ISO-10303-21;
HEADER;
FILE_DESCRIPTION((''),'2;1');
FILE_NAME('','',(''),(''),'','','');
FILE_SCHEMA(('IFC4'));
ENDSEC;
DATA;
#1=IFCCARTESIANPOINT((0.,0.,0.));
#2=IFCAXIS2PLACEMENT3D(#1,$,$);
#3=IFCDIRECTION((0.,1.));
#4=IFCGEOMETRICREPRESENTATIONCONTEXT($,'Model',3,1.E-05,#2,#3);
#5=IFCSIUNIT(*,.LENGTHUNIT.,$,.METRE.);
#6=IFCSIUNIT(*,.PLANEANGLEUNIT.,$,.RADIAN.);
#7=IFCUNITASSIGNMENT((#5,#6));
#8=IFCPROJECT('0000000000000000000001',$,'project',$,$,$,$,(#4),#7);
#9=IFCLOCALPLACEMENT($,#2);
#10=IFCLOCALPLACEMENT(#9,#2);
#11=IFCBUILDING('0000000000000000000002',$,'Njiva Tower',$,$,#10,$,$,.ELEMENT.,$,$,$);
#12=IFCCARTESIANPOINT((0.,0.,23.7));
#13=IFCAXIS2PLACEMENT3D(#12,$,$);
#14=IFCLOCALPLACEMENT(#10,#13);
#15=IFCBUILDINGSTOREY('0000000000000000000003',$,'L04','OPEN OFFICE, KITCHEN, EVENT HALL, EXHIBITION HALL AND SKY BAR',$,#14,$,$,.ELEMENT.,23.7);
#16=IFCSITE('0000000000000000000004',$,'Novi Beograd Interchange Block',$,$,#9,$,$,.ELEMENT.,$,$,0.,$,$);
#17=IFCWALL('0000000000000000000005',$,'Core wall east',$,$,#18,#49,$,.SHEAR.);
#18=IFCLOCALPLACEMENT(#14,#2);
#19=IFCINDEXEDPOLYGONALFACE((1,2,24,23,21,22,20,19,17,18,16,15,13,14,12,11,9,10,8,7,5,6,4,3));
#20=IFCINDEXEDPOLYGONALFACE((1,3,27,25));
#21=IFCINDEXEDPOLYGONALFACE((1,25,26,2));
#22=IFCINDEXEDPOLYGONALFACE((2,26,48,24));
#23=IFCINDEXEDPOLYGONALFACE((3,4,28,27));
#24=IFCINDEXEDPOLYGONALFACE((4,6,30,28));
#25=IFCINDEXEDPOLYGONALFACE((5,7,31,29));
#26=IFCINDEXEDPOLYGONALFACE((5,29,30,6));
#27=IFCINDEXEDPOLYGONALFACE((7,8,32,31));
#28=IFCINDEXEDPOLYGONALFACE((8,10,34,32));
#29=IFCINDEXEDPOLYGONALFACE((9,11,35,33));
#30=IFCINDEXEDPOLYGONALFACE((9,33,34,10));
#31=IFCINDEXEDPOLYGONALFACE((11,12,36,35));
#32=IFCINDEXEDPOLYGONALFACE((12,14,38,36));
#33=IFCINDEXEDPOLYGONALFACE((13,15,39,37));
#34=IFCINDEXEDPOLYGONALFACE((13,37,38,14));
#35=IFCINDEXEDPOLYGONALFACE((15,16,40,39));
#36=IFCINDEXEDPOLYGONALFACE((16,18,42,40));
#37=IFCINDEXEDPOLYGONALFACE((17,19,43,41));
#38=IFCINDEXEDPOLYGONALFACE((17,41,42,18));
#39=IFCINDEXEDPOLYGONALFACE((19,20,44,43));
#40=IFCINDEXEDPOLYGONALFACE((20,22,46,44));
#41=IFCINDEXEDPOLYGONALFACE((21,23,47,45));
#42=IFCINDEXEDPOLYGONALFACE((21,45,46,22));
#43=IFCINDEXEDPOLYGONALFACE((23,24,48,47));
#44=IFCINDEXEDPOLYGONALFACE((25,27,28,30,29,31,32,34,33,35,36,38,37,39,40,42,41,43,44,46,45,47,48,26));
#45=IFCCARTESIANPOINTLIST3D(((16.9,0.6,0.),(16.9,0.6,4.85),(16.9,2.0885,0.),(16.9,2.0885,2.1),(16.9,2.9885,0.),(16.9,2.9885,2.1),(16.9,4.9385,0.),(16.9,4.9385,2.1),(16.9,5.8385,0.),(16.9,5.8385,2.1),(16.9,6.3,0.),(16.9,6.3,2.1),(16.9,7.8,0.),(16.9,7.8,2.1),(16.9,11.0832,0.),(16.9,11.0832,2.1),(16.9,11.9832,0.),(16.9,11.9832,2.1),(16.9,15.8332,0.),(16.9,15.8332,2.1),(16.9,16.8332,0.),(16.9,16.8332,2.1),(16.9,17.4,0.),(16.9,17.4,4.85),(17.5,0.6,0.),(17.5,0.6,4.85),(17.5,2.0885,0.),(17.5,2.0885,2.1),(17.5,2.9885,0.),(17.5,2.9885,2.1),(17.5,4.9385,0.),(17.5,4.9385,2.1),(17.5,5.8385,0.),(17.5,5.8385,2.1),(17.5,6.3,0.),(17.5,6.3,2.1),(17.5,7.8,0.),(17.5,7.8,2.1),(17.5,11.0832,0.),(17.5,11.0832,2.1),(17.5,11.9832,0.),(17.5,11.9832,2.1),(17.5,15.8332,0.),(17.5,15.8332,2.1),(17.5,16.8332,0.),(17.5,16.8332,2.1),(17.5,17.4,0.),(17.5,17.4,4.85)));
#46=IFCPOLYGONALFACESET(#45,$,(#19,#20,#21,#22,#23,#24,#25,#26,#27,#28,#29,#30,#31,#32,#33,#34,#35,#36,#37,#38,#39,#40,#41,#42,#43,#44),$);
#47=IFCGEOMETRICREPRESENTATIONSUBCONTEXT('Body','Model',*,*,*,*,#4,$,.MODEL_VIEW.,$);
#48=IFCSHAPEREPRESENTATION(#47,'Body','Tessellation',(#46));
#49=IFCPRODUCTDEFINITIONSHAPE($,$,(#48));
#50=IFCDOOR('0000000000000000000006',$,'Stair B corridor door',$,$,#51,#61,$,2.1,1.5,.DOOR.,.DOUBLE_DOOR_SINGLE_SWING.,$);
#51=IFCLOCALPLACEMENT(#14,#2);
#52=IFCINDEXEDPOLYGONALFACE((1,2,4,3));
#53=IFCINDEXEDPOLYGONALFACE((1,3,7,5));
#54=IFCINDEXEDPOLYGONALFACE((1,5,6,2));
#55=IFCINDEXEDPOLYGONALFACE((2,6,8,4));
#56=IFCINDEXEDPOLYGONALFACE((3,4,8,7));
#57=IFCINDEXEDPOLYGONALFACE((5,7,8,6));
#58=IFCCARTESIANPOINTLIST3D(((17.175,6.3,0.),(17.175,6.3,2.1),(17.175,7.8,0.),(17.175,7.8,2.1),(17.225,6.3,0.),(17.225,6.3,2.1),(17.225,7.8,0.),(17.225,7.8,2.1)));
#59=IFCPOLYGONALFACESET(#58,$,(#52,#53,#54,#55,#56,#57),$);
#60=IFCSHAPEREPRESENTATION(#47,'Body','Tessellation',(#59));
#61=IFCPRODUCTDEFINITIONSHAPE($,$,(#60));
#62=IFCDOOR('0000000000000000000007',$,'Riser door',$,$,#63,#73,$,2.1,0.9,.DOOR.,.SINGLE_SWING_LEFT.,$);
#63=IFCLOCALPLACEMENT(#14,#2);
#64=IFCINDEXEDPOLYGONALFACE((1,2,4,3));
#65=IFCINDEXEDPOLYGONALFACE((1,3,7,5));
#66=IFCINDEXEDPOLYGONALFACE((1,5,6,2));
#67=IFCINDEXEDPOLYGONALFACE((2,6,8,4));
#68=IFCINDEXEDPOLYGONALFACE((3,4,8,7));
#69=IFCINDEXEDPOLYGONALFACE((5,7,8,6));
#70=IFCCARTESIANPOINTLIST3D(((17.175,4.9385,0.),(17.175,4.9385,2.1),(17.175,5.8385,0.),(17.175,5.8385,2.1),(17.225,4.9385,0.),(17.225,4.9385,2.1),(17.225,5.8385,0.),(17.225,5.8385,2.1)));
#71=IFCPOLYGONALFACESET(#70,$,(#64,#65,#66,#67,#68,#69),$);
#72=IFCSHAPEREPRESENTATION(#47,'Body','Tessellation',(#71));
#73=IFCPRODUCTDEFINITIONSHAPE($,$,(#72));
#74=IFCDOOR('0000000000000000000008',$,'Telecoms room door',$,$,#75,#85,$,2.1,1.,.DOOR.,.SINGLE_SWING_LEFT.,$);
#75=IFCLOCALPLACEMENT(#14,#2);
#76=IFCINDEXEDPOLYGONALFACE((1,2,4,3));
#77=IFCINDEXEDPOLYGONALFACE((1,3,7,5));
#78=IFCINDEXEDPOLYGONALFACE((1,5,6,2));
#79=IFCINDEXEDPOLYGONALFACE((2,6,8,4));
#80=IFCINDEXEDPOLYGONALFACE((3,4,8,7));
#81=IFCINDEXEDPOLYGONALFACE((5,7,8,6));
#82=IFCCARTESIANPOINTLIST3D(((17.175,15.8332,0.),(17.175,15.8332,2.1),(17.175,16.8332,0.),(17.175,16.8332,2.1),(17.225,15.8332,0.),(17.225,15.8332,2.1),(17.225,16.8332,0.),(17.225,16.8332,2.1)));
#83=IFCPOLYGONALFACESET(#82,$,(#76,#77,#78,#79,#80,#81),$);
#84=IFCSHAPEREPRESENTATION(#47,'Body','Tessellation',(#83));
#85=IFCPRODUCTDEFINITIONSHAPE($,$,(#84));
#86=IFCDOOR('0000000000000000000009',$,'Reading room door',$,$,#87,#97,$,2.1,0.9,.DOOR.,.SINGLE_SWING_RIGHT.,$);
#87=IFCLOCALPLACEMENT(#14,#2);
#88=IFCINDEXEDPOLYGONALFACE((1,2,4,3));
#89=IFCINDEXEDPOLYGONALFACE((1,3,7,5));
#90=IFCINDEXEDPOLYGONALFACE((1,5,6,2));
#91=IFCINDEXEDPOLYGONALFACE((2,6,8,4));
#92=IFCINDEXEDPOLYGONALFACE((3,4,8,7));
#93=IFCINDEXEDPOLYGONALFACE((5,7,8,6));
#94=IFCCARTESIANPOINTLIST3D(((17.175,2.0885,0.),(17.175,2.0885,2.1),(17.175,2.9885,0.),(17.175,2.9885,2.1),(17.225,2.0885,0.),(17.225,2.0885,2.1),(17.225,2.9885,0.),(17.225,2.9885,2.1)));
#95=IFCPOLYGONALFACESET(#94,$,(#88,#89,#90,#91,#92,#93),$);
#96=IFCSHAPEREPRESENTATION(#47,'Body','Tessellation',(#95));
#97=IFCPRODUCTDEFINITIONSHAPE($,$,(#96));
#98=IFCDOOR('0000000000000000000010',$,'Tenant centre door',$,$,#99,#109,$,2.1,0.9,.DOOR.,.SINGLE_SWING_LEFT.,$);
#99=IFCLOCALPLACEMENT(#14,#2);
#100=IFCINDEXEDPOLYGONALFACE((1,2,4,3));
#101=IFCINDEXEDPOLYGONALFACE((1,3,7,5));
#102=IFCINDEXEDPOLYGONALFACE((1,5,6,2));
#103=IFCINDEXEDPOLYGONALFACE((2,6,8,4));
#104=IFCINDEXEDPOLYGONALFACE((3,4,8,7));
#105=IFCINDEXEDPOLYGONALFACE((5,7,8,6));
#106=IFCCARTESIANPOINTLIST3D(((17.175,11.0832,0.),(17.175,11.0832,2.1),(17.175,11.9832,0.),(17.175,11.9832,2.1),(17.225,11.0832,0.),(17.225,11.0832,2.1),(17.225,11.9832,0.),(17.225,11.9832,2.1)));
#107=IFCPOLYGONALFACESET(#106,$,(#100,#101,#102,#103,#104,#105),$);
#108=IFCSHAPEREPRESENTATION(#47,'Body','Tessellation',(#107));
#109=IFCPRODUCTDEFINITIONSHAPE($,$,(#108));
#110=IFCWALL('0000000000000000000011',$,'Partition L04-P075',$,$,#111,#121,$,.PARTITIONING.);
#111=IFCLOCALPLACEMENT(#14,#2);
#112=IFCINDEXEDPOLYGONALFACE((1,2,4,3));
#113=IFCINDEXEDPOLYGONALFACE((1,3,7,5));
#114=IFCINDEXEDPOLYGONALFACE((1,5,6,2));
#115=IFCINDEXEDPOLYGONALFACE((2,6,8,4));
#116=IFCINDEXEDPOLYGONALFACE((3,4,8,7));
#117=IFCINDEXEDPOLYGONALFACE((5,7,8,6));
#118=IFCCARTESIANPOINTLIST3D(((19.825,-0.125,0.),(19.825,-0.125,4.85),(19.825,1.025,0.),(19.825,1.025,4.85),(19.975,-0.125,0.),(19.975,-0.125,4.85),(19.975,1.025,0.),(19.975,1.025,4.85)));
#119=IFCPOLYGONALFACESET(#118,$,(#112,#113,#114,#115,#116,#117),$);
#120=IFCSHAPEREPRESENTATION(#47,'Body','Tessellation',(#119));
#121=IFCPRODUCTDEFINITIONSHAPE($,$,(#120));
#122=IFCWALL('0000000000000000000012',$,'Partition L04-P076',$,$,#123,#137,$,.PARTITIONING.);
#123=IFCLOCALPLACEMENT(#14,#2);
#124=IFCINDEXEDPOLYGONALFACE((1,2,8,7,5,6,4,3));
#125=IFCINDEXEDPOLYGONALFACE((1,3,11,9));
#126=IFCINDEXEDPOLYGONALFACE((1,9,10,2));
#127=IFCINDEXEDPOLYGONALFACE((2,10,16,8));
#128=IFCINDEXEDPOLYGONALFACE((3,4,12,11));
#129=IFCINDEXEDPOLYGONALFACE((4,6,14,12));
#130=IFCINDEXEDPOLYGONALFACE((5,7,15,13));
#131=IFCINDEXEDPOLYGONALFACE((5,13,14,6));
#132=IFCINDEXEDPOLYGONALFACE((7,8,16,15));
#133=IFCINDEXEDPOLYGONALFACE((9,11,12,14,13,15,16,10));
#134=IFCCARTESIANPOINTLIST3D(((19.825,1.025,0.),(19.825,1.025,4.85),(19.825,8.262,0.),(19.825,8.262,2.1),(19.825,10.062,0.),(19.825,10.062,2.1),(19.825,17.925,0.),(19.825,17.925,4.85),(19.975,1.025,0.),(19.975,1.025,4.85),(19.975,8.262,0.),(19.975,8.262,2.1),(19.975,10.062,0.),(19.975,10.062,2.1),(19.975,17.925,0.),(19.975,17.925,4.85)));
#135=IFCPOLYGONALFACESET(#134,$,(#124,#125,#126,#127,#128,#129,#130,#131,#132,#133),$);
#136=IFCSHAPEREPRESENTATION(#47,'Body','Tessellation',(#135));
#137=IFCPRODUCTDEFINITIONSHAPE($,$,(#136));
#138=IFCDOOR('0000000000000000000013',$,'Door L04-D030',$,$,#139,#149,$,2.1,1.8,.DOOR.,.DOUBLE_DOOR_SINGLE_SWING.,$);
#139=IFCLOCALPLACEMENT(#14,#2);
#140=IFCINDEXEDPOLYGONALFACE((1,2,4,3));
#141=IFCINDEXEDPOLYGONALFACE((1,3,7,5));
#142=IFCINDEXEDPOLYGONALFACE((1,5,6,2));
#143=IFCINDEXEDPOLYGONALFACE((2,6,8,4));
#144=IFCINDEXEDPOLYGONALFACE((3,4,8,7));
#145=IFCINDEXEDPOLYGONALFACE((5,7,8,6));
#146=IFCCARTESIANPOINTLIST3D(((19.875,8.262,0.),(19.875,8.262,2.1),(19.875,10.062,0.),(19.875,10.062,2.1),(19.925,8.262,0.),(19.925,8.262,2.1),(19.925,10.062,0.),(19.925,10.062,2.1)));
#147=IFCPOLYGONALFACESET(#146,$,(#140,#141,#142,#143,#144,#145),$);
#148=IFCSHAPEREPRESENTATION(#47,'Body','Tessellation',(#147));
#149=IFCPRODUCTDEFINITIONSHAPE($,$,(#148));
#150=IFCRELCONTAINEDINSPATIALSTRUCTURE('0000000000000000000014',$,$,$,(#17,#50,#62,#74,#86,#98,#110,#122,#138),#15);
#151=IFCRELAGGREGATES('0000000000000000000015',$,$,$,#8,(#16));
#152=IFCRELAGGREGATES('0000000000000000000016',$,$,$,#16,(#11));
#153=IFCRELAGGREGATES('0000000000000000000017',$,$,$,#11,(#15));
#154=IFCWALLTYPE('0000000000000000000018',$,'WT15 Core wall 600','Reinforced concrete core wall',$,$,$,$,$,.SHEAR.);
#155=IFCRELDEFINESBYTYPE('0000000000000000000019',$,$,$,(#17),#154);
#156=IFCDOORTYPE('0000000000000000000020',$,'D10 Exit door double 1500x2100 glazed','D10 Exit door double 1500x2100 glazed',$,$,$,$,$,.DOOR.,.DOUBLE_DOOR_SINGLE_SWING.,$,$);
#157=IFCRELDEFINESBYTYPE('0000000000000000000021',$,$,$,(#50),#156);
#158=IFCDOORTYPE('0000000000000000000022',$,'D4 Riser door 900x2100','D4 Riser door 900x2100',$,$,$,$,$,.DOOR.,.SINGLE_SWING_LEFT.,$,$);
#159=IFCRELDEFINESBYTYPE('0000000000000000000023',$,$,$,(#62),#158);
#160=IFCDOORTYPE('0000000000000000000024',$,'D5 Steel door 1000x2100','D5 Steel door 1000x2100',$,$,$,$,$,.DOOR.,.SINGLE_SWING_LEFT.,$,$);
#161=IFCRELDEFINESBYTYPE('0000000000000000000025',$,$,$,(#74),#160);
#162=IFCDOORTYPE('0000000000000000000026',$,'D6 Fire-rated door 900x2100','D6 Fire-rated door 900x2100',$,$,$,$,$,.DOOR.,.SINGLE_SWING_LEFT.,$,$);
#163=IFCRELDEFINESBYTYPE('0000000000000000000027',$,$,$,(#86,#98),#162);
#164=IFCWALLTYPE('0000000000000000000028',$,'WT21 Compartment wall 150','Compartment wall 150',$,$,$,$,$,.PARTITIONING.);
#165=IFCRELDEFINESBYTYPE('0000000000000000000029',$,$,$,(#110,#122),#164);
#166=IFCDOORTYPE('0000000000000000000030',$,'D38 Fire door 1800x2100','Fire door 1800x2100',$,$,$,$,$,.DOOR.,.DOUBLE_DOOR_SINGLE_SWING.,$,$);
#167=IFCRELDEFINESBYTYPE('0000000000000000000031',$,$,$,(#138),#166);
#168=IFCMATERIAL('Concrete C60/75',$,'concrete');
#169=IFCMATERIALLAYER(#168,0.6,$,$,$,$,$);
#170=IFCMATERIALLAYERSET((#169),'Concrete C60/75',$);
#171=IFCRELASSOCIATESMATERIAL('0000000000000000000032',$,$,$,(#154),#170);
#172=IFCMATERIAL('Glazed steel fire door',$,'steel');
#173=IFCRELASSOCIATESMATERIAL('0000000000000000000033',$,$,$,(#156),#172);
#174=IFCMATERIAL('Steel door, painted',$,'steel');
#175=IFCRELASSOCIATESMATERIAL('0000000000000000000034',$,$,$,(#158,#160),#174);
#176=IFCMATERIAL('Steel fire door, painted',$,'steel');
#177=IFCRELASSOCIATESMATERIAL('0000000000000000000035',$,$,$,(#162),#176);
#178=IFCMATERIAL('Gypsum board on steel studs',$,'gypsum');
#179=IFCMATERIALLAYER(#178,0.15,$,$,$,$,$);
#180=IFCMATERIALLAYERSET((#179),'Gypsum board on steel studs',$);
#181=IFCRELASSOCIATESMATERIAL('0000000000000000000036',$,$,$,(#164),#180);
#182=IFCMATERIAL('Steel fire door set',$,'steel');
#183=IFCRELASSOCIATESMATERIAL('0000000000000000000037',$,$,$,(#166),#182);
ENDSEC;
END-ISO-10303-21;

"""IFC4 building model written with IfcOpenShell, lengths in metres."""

from ifc_helpers import new_model, si_unit, direction, frame, frame_2d, origin, place, context, subcontext, project, spatial, rectangle, extrude, material, layer, layer_set, type_object, element, fill, save


model = new_model("IFC4")

# Units and contexts
model_context = context("Model", 3, precision=1e-05, world=origin(), true_north=direction((0.0, 1.0)))
body_context = subcontext(model_context, "Body", "Model", "MODEL_VIEW")
ifc_project = project(units=[si_unit("LENGTHUNIT", "METRE"), si_unit("PLANEANGLEUNIT", "RADIAN")], contexts=[model_context])

# Site, building, storey
site_placement = place(None, origin())
site = spatial("IfcSite", under=ifc_project, at=site_placement, Name="Novi Beograd Interchange Block", CompositionType="ELEMENT", RefElevation=0.0)
building_placement = place(site_placement, origin())
building = spatial("IfcBuilding", under=site, at=building_placement, Name="Njiva Tower", CompositionType="ELEMENT")
storey_placement = place(building_placement, frame((0.0, 0.0, 23.7)))
storey = spatial("IfcBuildingStorey", under=building, at=storey_placement, Name="L04", Description="OPEN OFFICE, KITCHEN, EVENT HALL, EXHIBITION HALL AND SKY BAR", CompositionType="ELEMENT", Elevation=23.7)

# Wall, openings, doors
ifc_material_1 = material(Name="Concrete C60/75", Category="concrete")
ifc_layer_1 = layer(ifc_material_1, 0.6)
ifc_layer_set_1 = layer_set([ifc_layer_1], Name="Concrete C60/75")
wall_type_1 = type_object("IfcWallType", Name="WT15 Core wall 600", Description="Reinforced concrete core wall", PredefinedType="SHEAR", material=ifc_layer_set_1)
wall_1_placement = place(storey_placement, frame((17.2, 0.6, 0.0), z_axis=(0.0, 0.0, 1.0), x_axis=(0.0, 1.0, 0.0)))
wall_1 = element("IfcWall", 1, at=wall_1_placement, inside=storey, type_object=wall_type_1, Name="Core wall east", PredefinedType="SHEAR", context=body_context, shape_type="SweptSolid", body=[
    extrude(rectangle(XDim=16.8, YDim=0.6, at=frame_2d((8.4, 0.0))), origin(), (0.0, 0.0, 1.0), 4.85),
])
opening_1_placement = place(wall_1_placement, frame((5.7, 0.0, 0.0)))
opening_1 = element("IfcOpeningElement", 2, at=opening_1_placement, cuts=wall_1, PredefinedType="OPENING", context=body_context, shape_type="SweptSolid", body=[
    extrude(rectangle(XDim=1.5, YDim=2.1, at=frame_2d((0.75, 1.05))), frame((0.0, 0.31, 0.0), z_axis=(0.0, -1.0, 0.0), x_axis=(1.0, 0.0, 0.0)), (0.0, 0.0, 1.0), 0.62),
])
opening_2_placement = place(wall_1_placement, frame((1.4885, 0.0, 0.0)))
opening_2 = element("IfcOpeningElement", 3, at=opening_2_placement, cuts=wall_1, PredefinedType="OPENING", context=body_context, shape_type="SweptSolid", body=[
    extrude(rectangle(XDim=0.9, YDim=2.1, at=frame_2d((0.45, 1.05))), frame((0.0, 0.31, 0.0), z_axis=(0.0, -1.0, 0.0), x_axis=(1.0, 0.0, 0.0)), (0.0, 0.0, 1.0), 0.62),
])
opening_3_placement = place(wall_1_placement, frame((4.3385, 0.0, 0.0)))
opening_3 = element("IfcOpeningElement", 4, at=opening_3_placement, cuts=wall_1, PredefinedType="OPENING", context=body_context, shape_type="SweptSolid", body=[
    extrude(rectangle(XDim=0.9, YDim=2.1, at=frame_2d((0.45, 1.05))), frame((0.0, 0.31, 0.0), z_axis=(0.0, -1.0, 0.0), x_axis=(1.0, 0.0, 0.0)), (0.0, 0.0, 1.0), 0.62),
])
opening_4_placement = place(wall_1_placement, frame((10.4832, 0.0, 0.0)))
opening_4 = element("IfcOpeningElement", 5, at=opening_4_placement, cuts=wall_1, PredefinedType="OPENING", context=body_context, shape_type="SweptSolid", body=[
    extrude(rectangle(XDim=0.9, YDim=2.1, at=frame_2d((0.45, 1.05))), frame((0.0, 0.31, 0.0), z_axis=(0.0, -1.0, 0.0), x_axis=(1.0, 0.0, 0.0)), (0.0, 0.0, 1.0), 0.62),
])
opening_5_placement = place(wall_1_placement, frame((15.2332, 0.0, 0.0)))
opening_5 = element("IfcOpeningElement", 6, at=opening_5_placement, cuts=wall_1, PredefinedType="OPENING", context=body_context, shape_type="SweptSolid", body=[
    extrude(rectangle(XDim=1.0, YDim=2.1, at=frame_2d((0.5, 1.05))), frame((0.0, 0.31, 0.0), z_axis=(0.0, -1.0, 0.0), x_axis=(1.0, 0.0, 0.0)), (0.0, 0.0, 1.0), 0.62),
])
ifc_material_2 = material(Name="Glazed steel fire door", Category="steel")
door_type_1 = type_object("IfcDoorType", Name="D10 Exit door double 1500x2100 glazed", Description="D10 Exit door double 1500x2100 glazed", OperationType="DOUBLE_DOOR_SINGLE_SWING", PredefinedType="DOOR", material=ifc_material_2)
door_1_placement = place(opening_1_placement, origin())
door_1 = element("IfcDoor", 7, at=door_1_placement, inside=storey, type_object=door_type_1, Name="Stair B corridor door", OperationType="DOUBLE_DOOR_SINGLE_SWING", OverallHeight=2.1, OverallWidth=1.5, PredefinedType="DOOR", context=body_context, shape_type="SweptSolid", body=[
    extrude(rectangle(XDim=1.5, YDim=2.1, at=frame_2d((0.75, 1.05))), frame((0.0, 0.025, 0.0), z_axis=(0.0, -1.0, 0.0), x_axis=(1.0, 0.0, 0.0)), (0.0, 0.0, 1.0), 0.05),
])
fill(opening_1, door_1)
ifc_material_3 = material(Name="Steel door, painted", Category="steel")
door_type_2 = type_object("IfcDoorType", Name="D4 Riser door 900x2100", Description="D4 Riser door 900x2100", OperationType="SINGLE_SWING_LEFT", PredefinedType="DOOR", material=ifc_material_3)
door_2_placement = place(opening_3_placement, origin())
door_2 = element("IfcDoor", 8, at=door_2_placement, inside=storey, type_object=door_type_2, Name="Riser door", OperationType="SINGLE_SWING_LEFT", OverallHeight=2.1, OverallWidth=0.9, PredefinedType="DOOR", context=body_context, shape_type="SweptSolid", body=[
    extrude(rectangle(XDim=0.9, YDim=2.1, at=frame_2d((0.45, 1.05))), frame((0.0, 0.025, 0.0), z_axis=(0.0, -1.0, 0.0), x_axis=(1.0, 0.0, 0.0)), (0.0, 0.0, 1.0), 0.05),
])
fill(opening_3, door_2)
door_type_3 = type_object("IfcDoorType", Name="D5 Steel door 1000x2100", Description="D5 Steel door 1000x2100", OperationType="SINGLE_SWING_LEFT", PredefinedType="DOOR", material=ifc_material_3)
door_3_placement = place(opening_5_placement, origin())
door_3 = element("IfcDoor", 9, at=door_3_placement, inside=storey, type_object=door_type_3, Name="Telecoms room door", OperationType="SINGLE_SWING_LEFT", OverallHeight=2.1, OverallWidth=1.0, PredefinedType="DOOR", context=body_context, shape_type="SweptSolid", body=[
    extrude(rectangle(XDim=1.0, YDim=2.1, at=frame_2d((0.5, 1.05))), frame((0.0, 0.025, 0.0), z_axis=(0.0, -1.0, 0.0), x_axis=(1.0, 0.0, 0.0)), (0.0, 0.0, 1.0), 0.05),
])
fill(opening_5, door_3)
ifc_material_4 = material(Name="Steel fire door, painted", Category="steel")
door_type_4 = type_object("IfcDoorType", Name="D6 Fire-rated door 900x2100", Description="D6 Fire-rated door 900x2100", OperationType="SINGLE_SWING_LEFT", PredefinedType="DOOR", material=ifc_material_4)
door_4_placement = place(opening_2_placement, origin())
door_4 = element("IfcDoor", 10, at=door_4_placement, inside=storey, type_object=door_type_4, Name="Reading room door", OperationType="SINGLE_SWING_RIGHT", OverallHeight=2.1, OverallWidth=0.9, PredefinedType="DOOR", context=body_context, shape_type="SweptSolid", body=[
    extrude(rectangle(XDim=0.9, YDim=2.1, at=frame_2d((0.45, 1.05))), frame((0.0, 0.025, 0.0), z_axis=(0.0, -1.0, 0.0), x_axis=(1.0, 0.0, 0.0)), (0.0, 0.0, 1.0), 0.05),
])
fill(opening_2, door_4)
door_5_placement = place(opening_4_placement, origin())
door_5 = element("IfcDoor", 11, at=door_5_placement, inside=storey, type_object=door_type_4, Name="Tenant centre door", OperationType="SINGLE_SWING_LEFT", OverallHeight=2.1, OverallWidth=0.9, PredefinedType="DOOR", context=body_context, shape_type="SweptSolid", body=[
    extrude(rectangle(XDim=0.9, YDim=2.1, at=frame_2d((0.45, 1.05))), frame((0.0, 0.025, 0.0), z_axis=(0.0, -1.0, 0.0), x_axis=(1.0, 0.0, 0.0)), (0.0, 0.0, 1.0), 0.05),
])
fill(opening_4, door_5)

# Wall
ifc_material_5 = material(Name="Gypsum board on steel studs", Category="gypsum")
ifc_layer_2 = layer(ifc_material_5, 0.15)
ifc_layer_set_2 = layer_set([ifc_layer_2], Name="Gypsum board on steel studs")
wall_type_2 = type_object("IfcWallType", Name="WT21 Compartment wall 150", Description="Compartment wall 150", PredefinedType="PARTITIONING", material=ifc_layer_set_2)
wall_2_placement = place(storey_placement, frame((19.9, -0.125, 0.0), z_axis=(0.0, 0.0, 1.0), x_axis=(0.0, 1.0, 0.0)))
element("IfcWall", 12, at=wall_2_placement, inside=storey, type_object=wall_type_2, Name="Partition L04-P075", PredefinedType="PARTITIONING", context=body_context, shape_type="SweptSolid", body=[
    extrude(rectangle(XDim=1.15, YDim=0.15, at=frame_2d((0.575, 0.0))), origin(), (0.0, 0.0, 1.0), 4.85),
])

# Wall, opening, door
wall_3_placement = place(storey_placement, frame((19.9, 1.025, 0.0), z_axis=(0.0, 0.0, 1.0), x_axis=(0.0, 1.0, 0.0)))
wall_3 = element("IfcWall", 13, at=wall_3_placement, inside=storey, type_object=wall_type_2, Name="Partition L04-P076", PredefinedType="PARTITIONING", context=body_context, shape_type="SweptSolid", body=[
    extrude(rectangle(XDim=16.9, YDim=0.15, at=frame_2d((8.45, 0.0))), origin(), (0.0, 0.0, 1.0), 4.85),
])
opening_6_placement = place(wall_3_placement, frame((7.237, 0.0, 0.0)))
opening_6 = element("IfcOpeningElement", 14, at=opening_6_placement, cuts=wall_3, PredefinedType="OPENING", context=body_context, shape_type="SweptSolid", body=[
    extrude(rectangle(XDim=1.8, YDim=2.1, at=frame_2d((0.9, 1.05))), frame((0.0, 0.085, 0.0), z_axis=(0.0, -1.0, 0.0), x_axis=(1.0, 0.0, 0.0)), (0.0, 0.0, 1.0), 0.17),
])
ifc_material_6 = material(Name="Steel fire door set", Category="steel")
door_type_5 = type_object("IfcDoorType", Name="D38 Fire door 1800x2100", Description="Fire door 1800x2100", OperationType="DOUBLE_DOOR_SINGLE_SWING", PredefinedType="DOOR", material=ifc_material_6)
door_6_placement = place(opening_6_placement, origin())
door_6 = element("IfcDoor", 15, at=door_6_placement, inside=storey, type_object=door_type_5, Name="Door L04-D030", OperationType="DOUBLE_DOOR_SINGLE_SWING", OverallHeight=2.1, OverallWidth=1.8, PredefinedType="DOOR", context=body_context, shape_type="SweptSolid", body=[
    extrude(rectangle(XDim=1.8, YDim=2.1, at=frame_2d((0.9, 1.05))), frame((0.0, 0.025, 0.0), z_axis=(0.0, -1.0, 0.0), x_axis=(1.0, 0.0, 0.0)), (0.0, 0.0, 1.0), 0.05),
])
fill(opening_6, door_6)

save(model, "model.ifc")
